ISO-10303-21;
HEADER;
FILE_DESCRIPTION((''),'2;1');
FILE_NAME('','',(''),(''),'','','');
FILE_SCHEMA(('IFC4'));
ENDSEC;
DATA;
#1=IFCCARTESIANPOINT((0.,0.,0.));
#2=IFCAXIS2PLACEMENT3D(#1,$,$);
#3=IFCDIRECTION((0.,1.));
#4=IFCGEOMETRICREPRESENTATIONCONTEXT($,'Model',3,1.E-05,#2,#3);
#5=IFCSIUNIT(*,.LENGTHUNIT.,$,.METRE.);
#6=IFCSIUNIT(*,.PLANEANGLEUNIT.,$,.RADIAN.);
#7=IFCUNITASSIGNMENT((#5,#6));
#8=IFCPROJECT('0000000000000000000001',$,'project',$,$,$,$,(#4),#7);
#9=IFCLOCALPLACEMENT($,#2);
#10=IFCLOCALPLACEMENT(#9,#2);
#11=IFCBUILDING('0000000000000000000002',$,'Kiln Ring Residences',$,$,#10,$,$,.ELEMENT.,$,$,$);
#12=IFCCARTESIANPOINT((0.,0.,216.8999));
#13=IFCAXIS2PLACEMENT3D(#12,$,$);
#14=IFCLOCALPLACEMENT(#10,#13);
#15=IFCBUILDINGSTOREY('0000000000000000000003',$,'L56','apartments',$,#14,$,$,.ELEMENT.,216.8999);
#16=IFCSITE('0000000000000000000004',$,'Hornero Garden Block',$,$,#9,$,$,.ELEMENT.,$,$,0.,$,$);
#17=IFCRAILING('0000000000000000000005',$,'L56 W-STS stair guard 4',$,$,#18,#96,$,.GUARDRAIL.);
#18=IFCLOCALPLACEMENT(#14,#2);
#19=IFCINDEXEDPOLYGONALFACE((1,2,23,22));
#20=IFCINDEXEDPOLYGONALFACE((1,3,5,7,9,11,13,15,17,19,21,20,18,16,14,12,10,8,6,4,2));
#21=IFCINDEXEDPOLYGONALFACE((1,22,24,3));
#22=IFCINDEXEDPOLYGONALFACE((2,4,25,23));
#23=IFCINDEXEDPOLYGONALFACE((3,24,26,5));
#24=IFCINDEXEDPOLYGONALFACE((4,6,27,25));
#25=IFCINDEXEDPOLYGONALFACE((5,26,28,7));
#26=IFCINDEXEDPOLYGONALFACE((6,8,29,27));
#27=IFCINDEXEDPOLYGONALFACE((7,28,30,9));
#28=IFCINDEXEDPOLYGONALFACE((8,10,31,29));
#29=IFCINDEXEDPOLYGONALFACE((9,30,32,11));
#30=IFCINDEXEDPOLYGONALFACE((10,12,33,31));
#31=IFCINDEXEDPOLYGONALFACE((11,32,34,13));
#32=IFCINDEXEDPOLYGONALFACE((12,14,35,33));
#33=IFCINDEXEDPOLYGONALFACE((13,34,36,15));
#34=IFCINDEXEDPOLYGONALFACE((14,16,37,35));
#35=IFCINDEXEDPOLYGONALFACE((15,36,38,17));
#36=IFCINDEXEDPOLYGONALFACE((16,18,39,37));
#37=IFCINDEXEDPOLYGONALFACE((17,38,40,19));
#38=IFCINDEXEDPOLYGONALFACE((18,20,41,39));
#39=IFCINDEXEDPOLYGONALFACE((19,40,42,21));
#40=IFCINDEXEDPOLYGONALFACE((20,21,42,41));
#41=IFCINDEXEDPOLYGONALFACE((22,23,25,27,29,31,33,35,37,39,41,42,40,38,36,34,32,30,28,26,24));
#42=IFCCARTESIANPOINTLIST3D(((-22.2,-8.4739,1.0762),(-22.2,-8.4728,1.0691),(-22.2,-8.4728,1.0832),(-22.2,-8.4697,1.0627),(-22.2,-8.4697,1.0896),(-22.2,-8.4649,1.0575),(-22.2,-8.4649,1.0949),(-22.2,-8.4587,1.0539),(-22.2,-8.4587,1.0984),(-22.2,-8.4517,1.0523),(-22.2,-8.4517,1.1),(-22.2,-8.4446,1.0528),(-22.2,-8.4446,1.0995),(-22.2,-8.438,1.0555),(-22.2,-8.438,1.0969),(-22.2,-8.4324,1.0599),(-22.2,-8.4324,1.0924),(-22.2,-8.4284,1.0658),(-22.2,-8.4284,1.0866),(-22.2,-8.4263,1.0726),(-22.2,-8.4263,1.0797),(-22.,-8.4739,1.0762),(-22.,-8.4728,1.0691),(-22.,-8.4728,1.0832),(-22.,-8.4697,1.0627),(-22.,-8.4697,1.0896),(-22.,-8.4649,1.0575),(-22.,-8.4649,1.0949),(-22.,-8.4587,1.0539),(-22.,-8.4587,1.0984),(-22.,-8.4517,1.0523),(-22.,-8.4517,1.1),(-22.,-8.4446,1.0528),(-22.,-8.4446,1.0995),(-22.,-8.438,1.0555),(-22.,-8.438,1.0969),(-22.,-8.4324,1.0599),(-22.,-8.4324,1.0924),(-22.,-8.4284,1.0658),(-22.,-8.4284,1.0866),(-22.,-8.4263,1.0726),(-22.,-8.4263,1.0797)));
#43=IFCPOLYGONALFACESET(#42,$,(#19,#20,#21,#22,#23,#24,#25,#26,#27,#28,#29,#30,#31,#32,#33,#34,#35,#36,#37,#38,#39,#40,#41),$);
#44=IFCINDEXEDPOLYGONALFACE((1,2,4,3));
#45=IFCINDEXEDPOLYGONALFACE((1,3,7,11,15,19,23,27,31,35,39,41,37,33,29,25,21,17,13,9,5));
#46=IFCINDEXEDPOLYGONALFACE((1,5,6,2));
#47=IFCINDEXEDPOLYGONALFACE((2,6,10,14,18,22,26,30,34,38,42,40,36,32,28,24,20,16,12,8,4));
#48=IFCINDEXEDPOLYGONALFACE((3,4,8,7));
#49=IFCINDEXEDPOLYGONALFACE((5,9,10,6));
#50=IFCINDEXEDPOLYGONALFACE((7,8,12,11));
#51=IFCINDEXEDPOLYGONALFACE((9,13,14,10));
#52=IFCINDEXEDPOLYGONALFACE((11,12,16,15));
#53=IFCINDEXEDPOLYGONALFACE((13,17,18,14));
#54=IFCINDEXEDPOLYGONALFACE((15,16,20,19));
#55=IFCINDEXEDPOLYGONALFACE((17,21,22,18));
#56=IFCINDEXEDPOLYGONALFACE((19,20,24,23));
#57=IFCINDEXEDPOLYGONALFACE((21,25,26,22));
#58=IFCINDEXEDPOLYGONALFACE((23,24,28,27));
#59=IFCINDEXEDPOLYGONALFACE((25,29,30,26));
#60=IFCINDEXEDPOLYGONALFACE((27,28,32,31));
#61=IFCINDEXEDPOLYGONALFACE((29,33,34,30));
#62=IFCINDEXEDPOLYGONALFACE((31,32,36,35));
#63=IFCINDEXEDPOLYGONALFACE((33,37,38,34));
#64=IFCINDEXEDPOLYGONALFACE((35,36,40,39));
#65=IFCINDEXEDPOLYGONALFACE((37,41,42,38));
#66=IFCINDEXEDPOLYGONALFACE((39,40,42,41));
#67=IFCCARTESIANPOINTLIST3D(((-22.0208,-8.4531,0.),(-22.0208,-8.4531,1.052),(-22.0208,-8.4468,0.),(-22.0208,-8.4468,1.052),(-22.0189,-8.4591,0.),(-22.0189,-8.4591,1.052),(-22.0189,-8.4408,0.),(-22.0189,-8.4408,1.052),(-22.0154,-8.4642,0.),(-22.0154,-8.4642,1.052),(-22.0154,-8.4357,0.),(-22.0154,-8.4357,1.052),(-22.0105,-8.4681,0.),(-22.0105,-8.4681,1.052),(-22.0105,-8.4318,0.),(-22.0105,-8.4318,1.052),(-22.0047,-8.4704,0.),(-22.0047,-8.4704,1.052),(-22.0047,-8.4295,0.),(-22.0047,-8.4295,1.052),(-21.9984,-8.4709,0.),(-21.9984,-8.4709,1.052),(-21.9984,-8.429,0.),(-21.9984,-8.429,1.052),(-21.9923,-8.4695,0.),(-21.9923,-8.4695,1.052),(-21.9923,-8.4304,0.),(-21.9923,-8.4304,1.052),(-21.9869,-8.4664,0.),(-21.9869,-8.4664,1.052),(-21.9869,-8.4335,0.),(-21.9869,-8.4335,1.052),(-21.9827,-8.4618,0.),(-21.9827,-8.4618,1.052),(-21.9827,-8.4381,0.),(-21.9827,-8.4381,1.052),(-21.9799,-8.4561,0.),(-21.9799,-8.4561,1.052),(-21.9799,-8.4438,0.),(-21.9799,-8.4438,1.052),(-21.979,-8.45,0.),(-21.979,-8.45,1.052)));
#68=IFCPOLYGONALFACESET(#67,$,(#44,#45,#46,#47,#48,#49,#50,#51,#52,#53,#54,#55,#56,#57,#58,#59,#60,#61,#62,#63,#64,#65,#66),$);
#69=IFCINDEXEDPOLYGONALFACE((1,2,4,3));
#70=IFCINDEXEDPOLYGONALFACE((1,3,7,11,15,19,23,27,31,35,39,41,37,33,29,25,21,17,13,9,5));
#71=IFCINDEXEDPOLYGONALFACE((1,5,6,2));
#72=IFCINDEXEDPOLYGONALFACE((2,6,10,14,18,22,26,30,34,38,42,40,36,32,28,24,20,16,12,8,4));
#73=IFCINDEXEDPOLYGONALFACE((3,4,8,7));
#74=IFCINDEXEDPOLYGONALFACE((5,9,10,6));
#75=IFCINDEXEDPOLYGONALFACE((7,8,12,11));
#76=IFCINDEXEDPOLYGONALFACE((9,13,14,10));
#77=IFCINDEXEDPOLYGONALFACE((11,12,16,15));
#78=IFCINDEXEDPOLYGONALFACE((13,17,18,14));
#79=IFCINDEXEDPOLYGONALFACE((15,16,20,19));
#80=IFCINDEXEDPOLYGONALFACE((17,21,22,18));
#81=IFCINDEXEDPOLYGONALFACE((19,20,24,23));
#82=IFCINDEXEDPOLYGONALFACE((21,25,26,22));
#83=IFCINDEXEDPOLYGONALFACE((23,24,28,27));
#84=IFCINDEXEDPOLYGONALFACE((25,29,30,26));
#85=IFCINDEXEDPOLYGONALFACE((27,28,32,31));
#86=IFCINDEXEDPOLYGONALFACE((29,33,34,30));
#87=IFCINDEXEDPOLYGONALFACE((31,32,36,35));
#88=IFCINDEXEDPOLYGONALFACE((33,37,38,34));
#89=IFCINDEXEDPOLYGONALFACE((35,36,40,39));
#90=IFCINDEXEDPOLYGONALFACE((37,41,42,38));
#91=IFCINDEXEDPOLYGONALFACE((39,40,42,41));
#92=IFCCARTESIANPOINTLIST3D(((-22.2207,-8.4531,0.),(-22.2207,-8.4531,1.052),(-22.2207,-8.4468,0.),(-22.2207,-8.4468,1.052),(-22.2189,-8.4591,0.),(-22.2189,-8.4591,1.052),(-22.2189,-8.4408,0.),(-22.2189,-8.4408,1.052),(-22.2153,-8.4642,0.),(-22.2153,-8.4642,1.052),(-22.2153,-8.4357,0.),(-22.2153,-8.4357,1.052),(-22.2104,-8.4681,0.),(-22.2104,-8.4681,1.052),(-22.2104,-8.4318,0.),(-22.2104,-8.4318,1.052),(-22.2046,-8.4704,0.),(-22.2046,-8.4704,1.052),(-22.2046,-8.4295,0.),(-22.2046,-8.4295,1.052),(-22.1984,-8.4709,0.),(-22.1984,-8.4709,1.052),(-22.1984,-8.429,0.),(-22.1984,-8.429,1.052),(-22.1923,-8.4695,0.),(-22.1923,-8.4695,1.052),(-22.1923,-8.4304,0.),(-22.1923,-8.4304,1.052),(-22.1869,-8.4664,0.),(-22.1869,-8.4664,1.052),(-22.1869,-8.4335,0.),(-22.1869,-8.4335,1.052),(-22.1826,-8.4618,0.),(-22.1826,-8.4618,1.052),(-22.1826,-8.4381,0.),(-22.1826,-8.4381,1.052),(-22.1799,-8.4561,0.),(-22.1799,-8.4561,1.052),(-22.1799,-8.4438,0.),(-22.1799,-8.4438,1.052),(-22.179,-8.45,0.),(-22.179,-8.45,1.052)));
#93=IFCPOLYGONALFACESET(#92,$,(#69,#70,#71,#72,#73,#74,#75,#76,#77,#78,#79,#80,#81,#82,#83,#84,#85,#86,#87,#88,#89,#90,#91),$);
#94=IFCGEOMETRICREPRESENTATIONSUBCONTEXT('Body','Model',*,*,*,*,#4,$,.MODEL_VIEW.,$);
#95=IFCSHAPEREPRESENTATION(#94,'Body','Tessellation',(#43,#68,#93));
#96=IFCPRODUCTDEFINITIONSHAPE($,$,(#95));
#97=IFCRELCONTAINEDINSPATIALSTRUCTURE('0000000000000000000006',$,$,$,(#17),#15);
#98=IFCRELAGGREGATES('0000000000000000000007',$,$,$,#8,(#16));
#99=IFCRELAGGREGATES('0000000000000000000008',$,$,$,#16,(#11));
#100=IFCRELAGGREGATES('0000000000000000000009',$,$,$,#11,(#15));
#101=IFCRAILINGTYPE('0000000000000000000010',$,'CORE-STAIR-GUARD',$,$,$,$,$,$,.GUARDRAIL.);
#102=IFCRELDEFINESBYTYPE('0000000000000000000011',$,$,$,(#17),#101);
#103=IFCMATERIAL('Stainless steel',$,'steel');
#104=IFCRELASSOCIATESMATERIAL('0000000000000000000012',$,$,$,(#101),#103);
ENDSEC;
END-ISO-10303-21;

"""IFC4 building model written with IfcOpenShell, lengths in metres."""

from ifc_helpers import new_model, si_unit, direction, frame, origin, origin_2d, place, context, subcontext, project, spatial, circle, extrude, material, type_object, element, save


model = new_model("IFC4")

# Units and contexts
model_context = context("Model", 3, precision=1e-05, world=origin(), true_north=direction((0.0, 1.0)))
body_context = subcontext(model_context, "Body", "Model", "MODEL_VIEW")
ifc_project = project(units=[si_unit("LENGTHUNIT", "METRE"), si_unit("PLANEANGLEUNIT", "RADIAN")], contexts=[model_context])

# Site, building, storey
site_placement = place(None, origin())
site = spatial("IfcSite", under=ifc_project, at=site_placement, Name="Hornero Garden Block", CompositionType="ELEMENT", RefElevation=0.0)
building_placement = place(site_placement, origin())
building = spatial("IfcBuilding", under=site, at=building_placement, Name="Kiln Ring Residences", CompositionType="ELEMENT")
storey_placement = place(building_placement, frame((0.0, 0.0, 216.8999)))
storey = spatial("IfcBuildingStorey", under=building, at=storey_placement, Name="L56", Description="apartments", CompositionType="ELEMENT", Elevation=216.8999)

# Railing
ifc_material_1 = material(Name="Stainless steel", Category="steel")
railing_type_1 = type_object("IfcRailingType", Name="CORE-STAIR-GUARD", PredefinedType="GUARDRAIL", material=ifc_material_1)
railing_1_placement = place(storey_placement, frame((-22.0, -8.45, 0.0)))
element("IfcRailing", 1, at=railing_1_placement, inside=storey, type_object=railing_type_1, Name="L56 W-STS stair guard 4", PredefinedType="GUARDRAIL", context=body_context, shape_type="SweptSolid", body=[
    extrude(circle(Radius=0.0239, at=origin_2d()), frame((0.0, 0.0, 1.0762), z_axis=(-1.0, 0.0, 0.0), x_axis=(0.0, -1.0, 0.0)), (0.0, 0.0, 1.0), 0.2),
    extrude(circle(Radius=0.021, at=origin_2d()), origin(), (0.0, 0.0, 1.0), 1.052),
    extrude(circle(Radius=0.021, at=origin_2d()), frame((-0.2, 0.0, 0.0)), (0.0, 0.0, 1.0), 1.052),
])

save(model, "model.ifc")
